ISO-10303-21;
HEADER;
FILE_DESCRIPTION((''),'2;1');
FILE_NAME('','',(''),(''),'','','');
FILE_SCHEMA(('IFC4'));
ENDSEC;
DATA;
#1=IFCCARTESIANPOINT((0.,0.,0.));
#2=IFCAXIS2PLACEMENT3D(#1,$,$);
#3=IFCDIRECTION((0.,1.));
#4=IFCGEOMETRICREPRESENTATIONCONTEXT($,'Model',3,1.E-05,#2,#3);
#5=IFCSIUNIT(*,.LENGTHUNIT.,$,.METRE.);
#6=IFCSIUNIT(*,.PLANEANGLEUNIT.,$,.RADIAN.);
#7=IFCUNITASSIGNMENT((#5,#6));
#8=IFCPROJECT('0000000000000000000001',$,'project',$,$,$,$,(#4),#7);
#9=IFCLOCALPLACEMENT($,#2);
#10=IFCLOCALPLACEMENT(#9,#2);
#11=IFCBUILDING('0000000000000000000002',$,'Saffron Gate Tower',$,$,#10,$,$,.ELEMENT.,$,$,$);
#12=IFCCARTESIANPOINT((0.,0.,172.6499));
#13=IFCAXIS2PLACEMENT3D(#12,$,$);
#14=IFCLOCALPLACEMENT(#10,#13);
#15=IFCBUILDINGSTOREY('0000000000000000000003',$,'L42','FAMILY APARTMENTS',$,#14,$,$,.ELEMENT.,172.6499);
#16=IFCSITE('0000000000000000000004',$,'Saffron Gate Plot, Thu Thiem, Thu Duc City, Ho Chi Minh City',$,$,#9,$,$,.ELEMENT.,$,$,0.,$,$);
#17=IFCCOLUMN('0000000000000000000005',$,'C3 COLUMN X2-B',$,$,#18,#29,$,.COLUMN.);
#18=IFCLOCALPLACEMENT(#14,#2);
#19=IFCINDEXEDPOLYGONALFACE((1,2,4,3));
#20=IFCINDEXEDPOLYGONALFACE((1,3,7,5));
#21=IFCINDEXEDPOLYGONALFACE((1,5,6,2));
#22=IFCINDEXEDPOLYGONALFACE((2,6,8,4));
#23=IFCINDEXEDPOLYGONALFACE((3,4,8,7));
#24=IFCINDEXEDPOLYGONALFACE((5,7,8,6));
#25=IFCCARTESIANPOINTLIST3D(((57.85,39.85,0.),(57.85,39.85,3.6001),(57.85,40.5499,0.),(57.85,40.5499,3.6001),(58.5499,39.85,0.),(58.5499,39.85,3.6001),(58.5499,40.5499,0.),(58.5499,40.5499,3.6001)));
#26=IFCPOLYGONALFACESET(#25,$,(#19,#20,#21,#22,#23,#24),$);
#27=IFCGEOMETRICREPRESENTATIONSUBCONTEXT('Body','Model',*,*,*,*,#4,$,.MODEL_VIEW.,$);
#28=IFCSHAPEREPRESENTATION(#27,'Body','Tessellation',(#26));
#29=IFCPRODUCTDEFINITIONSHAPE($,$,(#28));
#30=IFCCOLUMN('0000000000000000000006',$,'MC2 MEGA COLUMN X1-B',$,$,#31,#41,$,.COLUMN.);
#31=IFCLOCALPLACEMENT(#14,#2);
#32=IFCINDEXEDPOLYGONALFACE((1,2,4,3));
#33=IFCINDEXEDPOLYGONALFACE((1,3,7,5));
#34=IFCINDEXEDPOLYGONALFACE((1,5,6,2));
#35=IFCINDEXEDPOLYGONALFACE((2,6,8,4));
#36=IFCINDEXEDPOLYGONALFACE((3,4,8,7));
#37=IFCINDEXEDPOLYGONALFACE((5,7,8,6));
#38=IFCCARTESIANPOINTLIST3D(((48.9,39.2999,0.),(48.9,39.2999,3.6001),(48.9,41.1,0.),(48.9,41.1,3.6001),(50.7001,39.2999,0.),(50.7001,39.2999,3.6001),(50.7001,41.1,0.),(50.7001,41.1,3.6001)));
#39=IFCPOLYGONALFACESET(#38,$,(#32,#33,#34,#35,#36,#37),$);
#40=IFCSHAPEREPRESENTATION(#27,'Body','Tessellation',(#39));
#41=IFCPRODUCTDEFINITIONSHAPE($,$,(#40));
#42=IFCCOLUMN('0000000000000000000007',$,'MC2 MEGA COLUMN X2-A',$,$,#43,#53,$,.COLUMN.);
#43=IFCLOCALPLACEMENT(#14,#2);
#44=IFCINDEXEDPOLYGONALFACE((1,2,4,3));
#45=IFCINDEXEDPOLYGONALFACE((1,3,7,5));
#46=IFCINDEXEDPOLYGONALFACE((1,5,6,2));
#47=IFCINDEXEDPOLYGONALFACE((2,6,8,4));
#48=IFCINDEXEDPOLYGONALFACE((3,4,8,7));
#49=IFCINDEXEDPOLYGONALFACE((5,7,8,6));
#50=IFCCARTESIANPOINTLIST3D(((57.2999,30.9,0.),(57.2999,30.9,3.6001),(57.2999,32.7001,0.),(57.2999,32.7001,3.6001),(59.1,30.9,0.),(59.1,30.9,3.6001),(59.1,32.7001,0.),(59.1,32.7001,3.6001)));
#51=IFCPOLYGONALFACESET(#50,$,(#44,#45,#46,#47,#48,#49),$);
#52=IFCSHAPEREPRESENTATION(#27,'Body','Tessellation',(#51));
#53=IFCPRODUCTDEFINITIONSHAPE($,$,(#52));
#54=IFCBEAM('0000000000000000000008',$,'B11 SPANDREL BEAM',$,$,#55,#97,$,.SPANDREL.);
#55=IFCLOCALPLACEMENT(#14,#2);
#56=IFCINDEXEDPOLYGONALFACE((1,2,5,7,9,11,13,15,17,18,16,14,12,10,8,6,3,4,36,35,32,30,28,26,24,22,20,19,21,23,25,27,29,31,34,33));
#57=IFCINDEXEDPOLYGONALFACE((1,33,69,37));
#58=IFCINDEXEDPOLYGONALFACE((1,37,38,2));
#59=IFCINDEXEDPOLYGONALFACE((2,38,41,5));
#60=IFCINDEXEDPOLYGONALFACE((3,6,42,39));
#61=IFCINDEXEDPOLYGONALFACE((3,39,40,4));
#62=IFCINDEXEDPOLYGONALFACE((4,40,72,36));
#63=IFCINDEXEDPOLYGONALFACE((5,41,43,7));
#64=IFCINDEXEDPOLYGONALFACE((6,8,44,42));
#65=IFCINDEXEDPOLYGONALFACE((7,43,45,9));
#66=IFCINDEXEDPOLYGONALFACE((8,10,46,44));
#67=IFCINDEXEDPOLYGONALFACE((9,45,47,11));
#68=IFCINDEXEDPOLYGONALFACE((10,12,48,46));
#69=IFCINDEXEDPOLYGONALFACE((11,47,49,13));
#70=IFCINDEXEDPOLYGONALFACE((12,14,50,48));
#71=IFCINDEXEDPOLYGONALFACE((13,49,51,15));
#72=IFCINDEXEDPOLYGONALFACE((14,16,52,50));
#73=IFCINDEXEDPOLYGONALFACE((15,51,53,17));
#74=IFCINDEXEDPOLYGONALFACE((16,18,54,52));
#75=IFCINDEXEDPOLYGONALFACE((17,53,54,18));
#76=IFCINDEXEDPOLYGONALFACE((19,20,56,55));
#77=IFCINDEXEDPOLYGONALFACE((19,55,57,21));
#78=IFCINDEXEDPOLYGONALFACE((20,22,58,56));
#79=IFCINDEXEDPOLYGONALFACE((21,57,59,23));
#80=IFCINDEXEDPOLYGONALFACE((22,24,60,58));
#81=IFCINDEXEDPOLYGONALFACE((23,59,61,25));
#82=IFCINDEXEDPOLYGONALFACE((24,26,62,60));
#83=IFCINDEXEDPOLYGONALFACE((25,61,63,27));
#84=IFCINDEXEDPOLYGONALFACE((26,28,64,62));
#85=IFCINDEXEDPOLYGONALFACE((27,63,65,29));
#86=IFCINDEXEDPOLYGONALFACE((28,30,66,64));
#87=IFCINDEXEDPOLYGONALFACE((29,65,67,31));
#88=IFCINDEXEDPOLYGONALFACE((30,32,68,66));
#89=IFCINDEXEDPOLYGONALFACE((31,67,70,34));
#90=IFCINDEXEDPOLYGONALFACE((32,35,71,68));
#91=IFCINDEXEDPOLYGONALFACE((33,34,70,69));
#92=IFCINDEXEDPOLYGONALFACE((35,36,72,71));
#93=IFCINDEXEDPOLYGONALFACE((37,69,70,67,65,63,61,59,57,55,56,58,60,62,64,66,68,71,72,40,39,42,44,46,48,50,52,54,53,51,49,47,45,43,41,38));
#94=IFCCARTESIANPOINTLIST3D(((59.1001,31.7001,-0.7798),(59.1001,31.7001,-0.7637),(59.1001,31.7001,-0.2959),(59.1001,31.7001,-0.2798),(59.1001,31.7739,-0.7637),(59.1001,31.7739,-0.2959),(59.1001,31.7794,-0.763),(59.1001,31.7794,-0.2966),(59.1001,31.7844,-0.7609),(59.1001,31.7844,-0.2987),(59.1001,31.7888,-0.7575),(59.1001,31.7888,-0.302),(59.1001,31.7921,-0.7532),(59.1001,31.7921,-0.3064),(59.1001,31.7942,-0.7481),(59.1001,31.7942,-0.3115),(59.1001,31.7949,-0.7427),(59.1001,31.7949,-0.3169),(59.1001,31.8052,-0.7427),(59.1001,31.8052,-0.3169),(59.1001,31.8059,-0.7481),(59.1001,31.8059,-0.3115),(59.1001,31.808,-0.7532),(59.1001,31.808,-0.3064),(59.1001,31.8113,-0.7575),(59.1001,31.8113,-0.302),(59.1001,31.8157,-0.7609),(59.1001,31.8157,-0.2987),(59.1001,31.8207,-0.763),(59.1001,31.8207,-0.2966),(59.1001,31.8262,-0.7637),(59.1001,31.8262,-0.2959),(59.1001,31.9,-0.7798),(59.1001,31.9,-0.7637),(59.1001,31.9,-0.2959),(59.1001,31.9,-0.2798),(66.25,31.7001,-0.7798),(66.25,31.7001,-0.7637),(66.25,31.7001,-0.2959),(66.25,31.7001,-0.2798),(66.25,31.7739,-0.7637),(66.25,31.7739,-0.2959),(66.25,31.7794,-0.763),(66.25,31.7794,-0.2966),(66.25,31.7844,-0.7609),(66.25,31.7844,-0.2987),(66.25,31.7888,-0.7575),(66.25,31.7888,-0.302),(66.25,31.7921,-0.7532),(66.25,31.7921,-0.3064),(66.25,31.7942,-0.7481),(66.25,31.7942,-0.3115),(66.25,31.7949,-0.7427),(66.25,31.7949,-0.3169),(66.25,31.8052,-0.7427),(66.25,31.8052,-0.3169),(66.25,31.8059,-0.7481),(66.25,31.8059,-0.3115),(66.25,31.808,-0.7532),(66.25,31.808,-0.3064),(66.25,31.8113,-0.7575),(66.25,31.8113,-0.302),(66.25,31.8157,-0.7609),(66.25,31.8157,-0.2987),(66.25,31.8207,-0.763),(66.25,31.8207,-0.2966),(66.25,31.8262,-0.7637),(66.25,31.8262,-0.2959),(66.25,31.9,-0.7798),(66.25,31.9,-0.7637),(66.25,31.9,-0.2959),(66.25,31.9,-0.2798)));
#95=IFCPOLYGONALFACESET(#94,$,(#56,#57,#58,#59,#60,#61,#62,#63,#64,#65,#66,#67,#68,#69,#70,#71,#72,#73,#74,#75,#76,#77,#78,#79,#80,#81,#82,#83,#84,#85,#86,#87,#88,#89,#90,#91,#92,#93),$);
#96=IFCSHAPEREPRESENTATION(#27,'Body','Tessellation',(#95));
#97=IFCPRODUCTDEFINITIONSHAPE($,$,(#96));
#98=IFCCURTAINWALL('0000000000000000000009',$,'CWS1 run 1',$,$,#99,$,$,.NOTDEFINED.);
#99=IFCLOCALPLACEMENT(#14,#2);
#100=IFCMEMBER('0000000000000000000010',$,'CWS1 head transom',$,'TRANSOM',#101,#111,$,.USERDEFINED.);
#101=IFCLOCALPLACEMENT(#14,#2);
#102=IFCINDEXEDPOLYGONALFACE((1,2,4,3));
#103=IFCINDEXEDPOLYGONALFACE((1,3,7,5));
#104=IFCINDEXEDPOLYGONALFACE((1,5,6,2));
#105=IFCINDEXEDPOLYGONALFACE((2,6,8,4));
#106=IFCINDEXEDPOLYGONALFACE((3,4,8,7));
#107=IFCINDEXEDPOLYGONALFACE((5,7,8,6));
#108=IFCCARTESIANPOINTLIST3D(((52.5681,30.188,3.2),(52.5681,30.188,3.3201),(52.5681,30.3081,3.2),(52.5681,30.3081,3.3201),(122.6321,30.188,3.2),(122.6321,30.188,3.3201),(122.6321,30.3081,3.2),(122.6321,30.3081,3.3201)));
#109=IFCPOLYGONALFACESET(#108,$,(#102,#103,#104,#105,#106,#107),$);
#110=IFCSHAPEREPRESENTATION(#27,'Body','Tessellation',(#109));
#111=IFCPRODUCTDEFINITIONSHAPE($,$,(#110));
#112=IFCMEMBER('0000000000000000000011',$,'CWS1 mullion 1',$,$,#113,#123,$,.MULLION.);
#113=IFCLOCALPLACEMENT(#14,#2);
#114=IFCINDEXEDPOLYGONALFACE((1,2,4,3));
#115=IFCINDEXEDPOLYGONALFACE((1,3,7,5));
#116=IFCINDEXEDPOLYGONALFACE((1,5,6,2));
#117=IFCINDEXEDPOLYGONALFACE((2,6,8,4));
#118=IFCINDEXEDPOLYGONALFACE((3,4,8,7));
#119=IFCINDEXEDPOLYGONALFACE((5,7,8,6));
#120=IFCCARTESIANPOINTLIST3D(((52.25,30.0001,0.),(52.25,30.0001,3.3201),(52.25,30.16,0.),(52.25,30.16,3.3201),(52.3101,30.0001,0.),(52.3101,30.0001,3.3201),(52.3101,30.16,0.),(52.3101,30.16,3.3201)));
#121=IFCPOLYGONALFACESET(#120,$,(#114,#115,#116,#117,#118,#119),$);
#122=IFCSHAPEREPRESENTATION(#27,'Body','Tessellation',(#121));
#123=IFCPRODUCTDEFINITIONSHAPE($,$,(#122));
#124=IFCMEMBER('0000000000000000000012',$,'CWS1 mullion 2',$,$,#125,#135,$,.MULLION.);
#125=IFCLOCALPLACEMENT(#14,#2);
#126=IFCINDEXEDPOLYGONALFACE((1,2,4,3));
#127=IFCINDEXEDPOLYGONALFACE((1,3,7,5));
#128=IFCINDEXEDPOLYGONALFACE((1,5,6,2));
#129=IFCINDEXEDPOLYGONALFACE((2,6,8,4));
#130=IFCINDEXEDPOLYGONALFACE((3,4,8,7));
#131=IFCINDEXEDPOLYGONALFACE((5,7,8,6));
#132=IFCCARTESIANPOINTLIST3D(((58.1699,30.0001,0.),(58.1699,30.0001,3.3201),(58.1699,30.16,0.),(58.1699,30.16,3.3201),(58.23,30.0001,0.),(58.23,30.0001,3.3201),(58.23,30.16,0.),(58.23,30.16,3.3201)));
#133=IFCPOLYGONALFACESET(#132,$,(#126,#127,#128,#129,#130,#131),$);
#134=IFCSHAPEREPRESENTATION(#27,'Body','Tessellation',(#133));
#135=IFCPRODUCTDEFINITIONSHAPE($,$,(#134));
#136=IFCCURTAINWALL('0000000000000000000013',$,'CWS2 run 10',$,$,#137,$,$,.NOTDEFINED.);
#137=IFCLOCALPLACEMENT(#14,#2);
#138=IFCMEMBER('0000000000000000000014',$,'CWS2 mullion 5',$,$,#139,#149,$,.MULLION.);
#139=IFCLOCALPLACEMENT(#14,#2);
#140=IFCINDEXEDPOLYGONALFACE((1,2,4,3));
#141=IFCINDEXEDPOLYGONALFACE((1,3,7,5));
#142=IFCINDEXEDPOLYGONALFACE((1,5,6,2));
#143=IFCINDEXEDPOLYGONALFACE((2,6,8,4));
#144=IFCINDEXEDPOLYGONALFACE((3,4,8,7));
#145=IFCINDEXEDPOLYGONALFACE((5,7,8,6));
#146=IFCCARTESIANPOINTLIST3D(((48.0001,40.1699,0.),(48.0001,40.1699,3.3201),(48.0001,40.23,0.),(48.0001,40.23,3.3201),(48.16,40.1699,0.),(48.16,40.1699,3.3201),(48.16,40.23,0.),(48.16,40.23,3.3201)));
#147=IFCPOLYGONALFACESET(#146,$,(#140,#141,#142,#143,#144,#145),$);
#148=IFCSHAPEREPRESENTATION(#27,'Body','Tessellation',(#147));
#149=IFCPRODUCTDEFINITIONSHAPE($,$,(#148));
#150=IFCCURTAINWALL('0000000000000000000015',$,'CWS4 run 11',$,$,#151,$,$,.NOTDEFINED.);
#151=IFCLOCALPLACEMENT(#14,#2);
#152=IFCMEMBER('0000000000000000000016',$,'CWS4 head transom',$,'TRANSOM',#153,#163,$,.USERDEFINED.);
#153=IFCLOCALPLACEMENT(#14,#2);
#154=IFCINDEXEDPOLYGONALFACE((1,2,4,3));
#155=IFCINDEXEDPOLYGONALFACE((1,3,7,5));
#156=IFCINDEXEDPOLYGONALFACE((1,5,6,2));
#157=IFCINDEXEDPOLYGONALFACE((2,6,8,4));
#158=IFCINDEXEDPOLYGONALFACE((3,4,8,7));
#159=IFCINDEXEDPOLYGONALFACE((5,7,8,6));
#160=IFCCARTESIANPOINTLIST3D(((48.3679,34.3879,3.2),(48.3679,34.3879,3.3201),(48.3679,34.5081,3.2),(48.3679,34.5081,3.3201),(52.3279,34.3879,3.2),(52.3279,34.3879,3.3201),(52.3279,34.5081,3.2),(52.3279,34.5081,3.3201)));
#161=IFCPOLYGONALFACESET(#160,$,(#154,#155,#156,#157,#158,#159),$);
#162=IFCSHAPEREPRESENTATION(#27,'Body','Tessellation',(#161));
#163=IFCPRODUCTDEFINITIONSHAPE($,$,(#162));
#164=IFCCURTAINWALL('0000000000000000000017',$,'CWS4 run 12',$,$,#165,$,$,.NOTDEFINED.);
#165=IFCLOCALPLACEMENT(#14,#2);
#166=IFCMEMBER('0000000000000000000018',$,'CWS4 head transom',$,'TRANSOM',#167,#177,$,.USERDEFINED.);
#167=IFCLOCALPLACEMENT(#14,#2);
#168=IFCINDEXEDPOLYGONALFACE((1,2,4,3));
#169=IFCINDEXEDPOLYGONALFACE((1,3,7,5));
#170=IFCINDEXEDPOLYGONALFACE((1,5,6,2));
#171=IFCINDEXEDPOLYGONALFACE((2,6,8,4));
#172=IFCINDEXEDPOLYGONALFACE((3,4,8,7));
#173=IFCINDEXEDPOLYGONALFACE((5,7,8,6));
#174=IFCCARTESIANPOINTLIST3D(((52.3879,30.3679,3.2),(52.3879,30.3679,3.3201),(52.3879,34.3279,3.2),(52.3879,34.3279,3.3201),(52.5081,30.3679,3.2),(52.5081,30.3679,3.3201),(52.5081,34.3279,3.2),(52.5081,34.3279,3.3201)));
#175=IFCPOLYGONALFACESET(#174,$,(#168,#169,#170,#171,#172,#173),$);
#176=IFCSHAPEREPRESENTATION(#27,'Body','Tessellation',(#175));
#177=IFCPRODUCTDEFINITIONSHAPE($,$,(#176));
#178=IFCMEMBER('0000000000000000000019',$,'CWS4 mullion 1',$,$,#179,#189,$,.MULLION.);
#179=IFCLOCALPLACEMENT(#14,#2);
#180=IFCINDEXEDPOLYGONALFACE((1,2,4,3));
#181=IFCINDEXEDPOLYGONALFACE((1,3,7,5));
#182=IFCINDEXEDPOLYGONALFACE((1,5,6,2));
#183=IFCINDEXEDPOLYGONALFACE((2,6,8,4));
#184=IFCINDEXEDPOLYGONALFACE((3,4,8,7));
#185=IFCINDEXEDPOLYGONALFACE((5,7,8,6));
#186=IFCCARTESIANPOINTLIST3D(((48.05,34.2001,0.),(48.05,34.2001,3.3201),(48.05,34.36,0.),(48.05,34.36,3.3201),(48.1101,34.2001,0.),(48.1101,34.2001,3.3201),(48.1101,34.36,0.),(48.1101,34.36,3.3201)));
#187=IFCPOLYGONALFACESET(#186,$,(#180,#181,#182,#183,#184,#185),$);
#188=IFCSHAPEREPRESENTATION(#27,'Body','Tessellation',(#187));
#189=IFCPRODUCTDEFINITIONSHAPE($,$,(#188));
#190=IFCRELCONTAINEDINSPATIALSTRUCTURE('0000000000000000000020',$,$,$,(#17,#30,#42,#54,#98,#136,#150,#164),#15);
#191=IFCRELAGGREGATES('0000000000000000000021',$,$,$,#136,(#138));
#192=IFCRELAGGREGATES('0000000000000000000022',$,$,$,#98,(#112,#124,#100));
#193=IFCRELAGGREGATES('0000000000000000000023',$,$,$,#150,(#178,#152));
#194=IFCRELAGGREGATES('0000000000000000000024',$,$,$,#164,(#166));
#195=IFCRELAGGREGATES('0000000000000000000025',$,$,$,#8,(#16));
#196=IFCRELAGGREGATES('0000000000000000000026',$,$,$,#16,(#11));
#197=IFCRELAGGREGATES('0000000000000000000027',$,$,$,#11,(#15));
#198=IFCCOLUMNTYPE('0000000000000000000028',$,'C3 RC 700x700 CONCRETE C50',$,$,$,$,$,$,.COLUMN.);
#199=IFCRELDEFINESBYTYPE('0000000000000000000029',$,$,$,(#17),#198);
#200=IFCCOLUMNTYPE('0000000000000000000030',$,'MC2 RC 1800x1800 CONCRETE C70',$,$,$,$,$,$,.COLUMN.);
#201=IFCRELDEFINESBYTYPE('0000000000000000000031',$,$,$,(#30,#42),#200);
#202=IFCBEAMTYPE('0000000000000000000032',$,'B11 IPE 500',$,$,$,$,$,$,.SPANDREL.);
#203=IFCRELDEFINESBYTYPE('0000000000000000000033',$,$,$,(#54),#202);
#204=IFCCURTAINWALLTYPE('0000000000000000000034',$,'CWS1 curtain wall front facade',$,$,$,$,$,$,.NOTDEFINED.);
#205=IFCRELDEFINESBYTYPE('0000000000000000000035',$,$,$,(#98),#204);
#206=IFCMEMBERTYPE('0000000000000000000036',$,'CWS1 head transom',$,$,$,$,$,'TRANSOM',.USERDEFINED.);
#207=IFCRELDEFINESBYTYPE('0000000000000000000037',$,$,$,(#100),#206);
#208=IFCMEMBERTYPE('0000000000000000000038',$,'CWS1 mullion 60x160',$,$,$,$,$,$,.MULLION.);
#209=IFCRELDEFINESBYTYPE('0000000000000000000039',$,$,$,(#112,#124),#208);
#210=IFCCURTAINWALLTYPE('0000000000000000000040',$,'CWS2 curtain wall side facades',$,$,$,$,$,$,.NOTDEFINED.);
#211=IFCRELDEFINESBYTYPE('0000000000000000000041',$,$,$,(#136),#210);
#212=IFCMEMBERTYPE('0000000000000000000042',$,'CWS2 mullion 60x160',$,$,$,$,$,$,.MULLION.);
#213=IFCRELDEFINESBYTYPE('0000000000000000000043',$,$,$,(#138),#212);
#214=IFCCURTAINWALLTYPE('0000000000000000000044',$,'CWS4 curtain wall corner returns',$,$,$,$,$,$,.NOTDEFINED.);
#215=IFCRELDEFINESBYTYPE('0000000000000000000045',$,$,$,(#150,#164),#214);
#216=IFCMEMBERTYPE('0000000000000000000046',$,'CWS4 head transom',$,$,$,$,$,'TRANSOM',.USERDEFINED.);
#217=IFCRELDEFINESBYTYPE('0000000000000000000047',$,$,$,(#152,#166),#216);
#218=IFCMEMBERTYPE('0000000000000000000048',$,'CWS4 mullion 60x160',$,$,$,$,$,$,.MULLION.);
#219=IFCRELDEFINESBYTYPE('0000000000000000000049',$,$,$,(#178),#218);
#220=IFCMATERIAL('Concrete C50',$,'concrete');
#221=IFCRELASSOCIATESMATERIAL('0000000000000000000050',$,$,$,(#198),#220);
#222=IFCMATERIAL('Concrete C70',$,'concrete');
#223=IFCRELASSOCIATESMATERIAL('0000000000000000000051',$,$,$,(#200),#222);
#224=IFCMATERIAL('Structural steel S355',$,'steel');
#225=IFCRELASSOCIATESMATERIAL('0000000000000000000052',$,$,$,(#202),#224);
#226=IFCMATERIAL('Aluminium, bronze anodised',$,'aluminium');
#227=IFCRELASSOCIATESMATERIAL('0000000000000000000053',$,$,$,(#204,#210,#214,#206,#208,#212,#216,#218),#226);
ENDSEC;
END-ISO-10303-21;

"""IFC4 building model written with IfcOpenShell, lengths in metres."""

from ifc_helpers import new_model, si_unit, direction, frame, origin, origin_2d, place, context, subcontext, project, spatial, rectangle, i_section, extrude, material, material_profile, profile_set, type_object, element, aggregate, save


model = new_model("IFC4")

# Units and contexts
model_context = context("Model", 3, precision=1e-05, world=origin(), true_north=direction((0.0, 1.0)))
body_context = subcontext(model_context, "Body", "Model", "MODEL_VIEW")
ifc_project = project(units=[si_unit("LENGTHUNIT", "METRE"), si_unit("PLANEANGLEUNIT", "RADIAN")], contexts=[model_context])

# Site, building, storey
site_placement = place(None, origin())
site = spatial("IfcSite", under=ifc_project, at=site_placement, Name="Saffron Gate Plot, Thu Thiem, Thu Duc City, Ho Chi Minh City", CompositionType="ELEMENT", RefElevation=0.0)
building_placement = place(site_placement, origin())
building = spatial("IfcBuilding", under=site, at=building_placement, Name="Saffron Gate Tower", CompositionType="ELEMENT")
storey_placement = place(building_placement, frame((0.0, 0.0, 172.6499)))
storey = spatial("IfcBuildingStorey", under=building, at=storey_placement, Name="L42", Description="FAMILY APARTMENTS", CompositionType="ELEMENT", Elevation=172.6499)

# Columns
ifc_material_1 = material(Name="Concrete C50", Category="concrete")
ifc_material_profile_1 = material_profile(ifc_material_1, rectangle(XDim=0.7, YDim=0.7, at=origin_2d()))
ifc_profile_set_1 = profile_set([ifc_material_profile_1], Name="Concrete C50")
column_type_1 = type_object("IfcColumnType", Name="C3 RC 700x700 CONCRETE C50", PredefinedType="COLUMN", material=ifc_profile_set_1)
column_placement = place(storey_placement, frame((58.2, 40.2, 0.0), z_axis=(0.0, 0.0, 1.0), x_axis=(1.0, 0.0, 0.0)))
element("IfcColumn", 1, at=column_placement, inside=storey, type_object=column_type_1, Name="C3 COLUMN X2-B", PredefinedType="COLUMN", context=body_context, shape_type="SweptSolid", body=[
    extrude(rectangle(XDim=0.7, YDim=0.7, at=origin_2d()), origin(), (0.0, 0.0, 1.0), 3.6001),
])
ifc_material_2 = material(Name="Concrete C70", Category="concrete")
ifc_material_profile_2 = material_profile(ifc_material_2, rectangle(XDim=1.8, YDim=1.8, at=origin_2d()))
ifc_profile_set_2 = profile_set([ifc_material_profile_2], Name="Concrete C70")
column_type_2 = type_object("IfcColumnType", Name="MC2 RC 1800x1800 CONCRETE C70", PredefinedType="COLUMN", material=ifc_profile_set_2)
for number, where, z_axis, x_axis, name in (
    (2, (49.8, 40.2, 0.0), (0.0, 0.0, 1.0), (1.0, 0.0, 0.0), "MC2 MEGA COLUMN X1-B"),
    (3, (58.2, 31.8, 0.0), (0.0, 0.0, 1.0), (1.0, 0.0, 0.0), "MC2 MEGA COLUMN X2-A"),
):
    element("IfcColumn", number, at=place(storey_placement, frame(where, z_axis=z_axis, x_axis=x_axis)), inside=storey, type_object=column_type_2, Name=name, PredefinedType="COLUMN", context=body_context, shape_type="SweptSolid", body=[
        extrude(rectangle(XDim=1.8, YDim=1.8, at=origin_2d()), origin(), (0.0, 0.0, 1.0), 3.6001),
    ])

# Beam
ifc_material_3 = material(Name="Structural steel S355", Category="steel")
ifc_material_profile_3 = material_profile(ifc_material_3, i_section(OverallWidth=0.2, OverallDepth=0.5, WebThickness=0.0103, FlangeThickness=0.0161, FilletRadius=0.021, at=origin_2d()))
ifc_profile_set_3 = profile_set([ifc_material_profile_3], Name="Structural steel S355")
beam_type = type_object("IfcBeamType", Name="B11 IPE 500", PredefinedType="SPANDREL", material=ifc_profile_set_3)
beam_placement = place(storey_placement, frame((59.1001, 31.8, -0.5298), z_axis=(1.0, 0.0, 0.0), x_axis=(0.0, 1.0, 0.0)))
element("IfcBeam", 4, at=beam_placement, inside=storey, type_object=beam_type, Name="B11 SPANDREL BEAM", PredefinedType="SPANDREL", context=body_context, shape_type="SweptSolid", body=[
    extrude(i_section(OverallWidth=0.2, OverallDepth=0.5, WebThickness=0.0103, FlangeThickness=0.0161, FilletRadius=0.021, at=origin_2d()), origin(), (0.0, 0.0, 1.0), 7.1499),
])

# Curtain wall, members
ifc_material_4 = material(Name="Aluminium, bronze anodised", Category="aluminium")
curtain_wall_type_1 = type_object("IfcCurtainWallType", Name="CWS1 curtain wall front facade", PredefinedType="NOTDEFINED", material=ifc_material_4)
curtain_wall_1_placement = place(storey_placement, origin())
curtain_wall_1 = element("IfcCurtainWall", 5, at=curtain_wall_1_placement, inside=storey, type_object=curtain_wall_type_1, Name="CWS1 run 1", PredefinedType="NOTDEFINED")
ifc_material_profile_4 = material_profile(ifc_material_4, rectangle(XDim=0.1201, YDim=0.1201, at=origin_2d()))
ifc_profile_set_4 = profile_set([ifc_material_profile_4], Name="Aluminium, bronze anodised")
member_type_1 = type_object("IfcMemberType", Name="CWS1 head transom", ElementType="TRANSOM", PredefinedType="USERDEFINED", material=ifc_profile_set_4)
member_1_placement = place(storey_placement, frame((52.5681, 30.248, 3.26), z_axis=(1.0, 0.0, 0.0), x_axis=(0.0, 1.0, 0.0)))
member_1 = element("IfcMember", 6, at=member_1_placement, type_object=member_type_1, Name="CWS1 head transom", ObjectType="TRANSOM", PredefinedType="USERDEFINED", context=body_context, shape_type="SweptSolid", body=[
    extrude(rectangle(XDim=0.1201, YDim=0.1201, at=origin_2d()), origin(), (0.0, 0.0, 1.0), 70.064),
])
ifc_material_profile_5 = material_profile(ifc_material_4, rectangle(XDim=0.1599, YDim=0.0601, at=origin_2d()))
ifc_profile_set_5 = profile_set([ifc_material_profile_5], Name="Aluminium, bronze anodised")
member_type_2 = type_object("IfcMemberType", Name="CWS1 mullion 60x160", PredefinedType="MULLION", material=ifc_profile_set_5)
member_2_placement = place(storey_placement, frame((52.28, 30.0801, 0.0), z_axis=(0.0, 0.0, 1.0), x_axis=(0.0, 1.0, 0.0)))
member_2 = element("IfcMember", 7, at=member_2_placement, type_object=member_type_2, Name="CWS1 mullion 1", PredefinedType="MULLION", context=body_context, shape_type="SweptSolid", body=[
    extrude(rectangle(XDim=0.1599, YDim=0.0601, at=origin_2d()), origin(), (0.0, 0.0, 1.0), 3.3201),
])
member_3_placement = place(storey_placement, frame((58.2, 30.0801, 0.0), z_axis=(0.0, 0.0, 1.0), x_axis=(0.0, 1.0, 0.0)))
member_3 = element("IfcMember", 8, at=member_3_placement, type_object=member_type_2, Name="CWS1 mullion 2", PredefinedType="MULLION", context=body_context, shape_type="SweptSolid", body=[
    extrude(rectangle(XDim=0.1599, YDim=0.0601, at=origin_2d()), origin(), (0.0, 0.0, 1.0), 3.3201),
])

# Curtain walls, members
curtain_wall_type_2 = type_object("IfcCurtainWallType", Name="CWS2 curtain wall side facades", PredefinedType="NOTDEFINED", material=ifc_material_4)
curtain_wall_2_placement = place(storey_placement, origin())
curtain_wall_2 = element("IfcCurtainWall", 9, at=curtain_wall_2_placement, inside=storey, type_object=curtain_wall_type_2, Name="CWS2 run 10", PredefinedType="NOTDEFINED")
ifc_material_profile_6 = material_profile(ifc_material_4, rectangle(XDim=0.1599, YDim=0.0601, at=origin_2d()))
ifc_profile_set_6 = profile_set([ifc_material_profile_6], Name="Aluminium, bronze anodised")
member_type_3 = type_object("IfcMemberType", Name="CWS2 mullion 60x160", PredefinedType="MULLION", material=ifc_profile_set_6)
member_4_placement = place(storey_placement, frame((48.0801, 40.2, 0.0), z_axis=(0.0, 0.0, 1.0), x_axis=(1.0, 0.0, 0.0)))
member_4 = element("IfcMember", 10, at=member_4_placement, type_object=member_type_3, Name="CWS2 mullion 5", PredefinedType="MULLION", context=body_context, shape_type="SweptSolid", body=[
    extrude(rectangle(XDim=0.1599, YDim=0.0601, at=origin_2d()), origin(), (0.0, 0.0, 1.0), 3.3201),
])
aggregate(curtain_wall_2, [member_4])
curtain_wall_type_3 = type_object("IfcCurtainWallType", Name="CWS4 curtain wall corner returns", PredefinedType="NOTDEFINED", material=ifc_material_4)
curtain_wall_3_placement = place(storey_placement, origin())
curtain_wall_3 = element("IfcCurtainWall", 11, at=curtain_wall_3_placement, inside=storey, type_object=curtain_wall_type_3, Name="CWS4 run 11", PredefinedType="NOTDEFINED")
ifc_material_profile_7 = material_profile(ifc_material_4, rectangle(XDim=0.1201, YDim=0.1201, at=origin_2d()))
ifc_profile_set_7 = profile_set([ifc_material_profile_7], Name="Aluminium, bronze anodised")
member_type_4 = type_object("IfcMemberType", Name="CWS4 head transom", ElementType="TRANSOM", PredefinedType="USERDEFINED", material=ifc_profile_set_7)
member_5_placement = place(storey_placement, frame((48.3679, 34.448, 3.26), z_axis=(1.0, 0.0, 0.0), x_axis=(0.0, 1.0, 0.0)))
member_5 = element("IfcMember", 12, at=member_5_placement, type_object=member_type_4, Name="CWS4 head transom", ObjectType="TRANSOM", PredefinedType="USERDEFINED", context=body_context, shape_type="SweptSolid", body=[
    extrude(rectangle(XDim=0.1201, YDim=0.1201, at=origin_2d()), origin(), (0.0, 0.0, 1.0), 3.96),
])
curtain_wall_4_placement = place(storey_placement, origin())
curtain_wall_4 = element("IfcCurtainWall", 13, at=curtain_wall_4_placement, inside=storey, type_object=curtain_wall_type_3, Name="CWS4 run 12", PredefinedType="NOTDEFINED")
member_6_placement = place(storey_placement, frame((52.448, 34.3279, 3.26), z_axis=(0.0, -1.0, 0.0), x_axis=(1.0, 0.0, 0.0)))
member_6 = element("IfcMember", 14, at=member_6_placement, type_object=member_type_4, Name="CWS4 head transom", ObjectType="TRANSOM", PredefinedType="USERDEFINED", context=body_context, shape_type="SweptSolid", body=[
    extrude(rectangle(XDim=0.1201, YDim=0.1201, at=origin_2d()), origin(), (0.0, 0.0, 1.0), 3.96),
])

# Member
ifc_material_profile_8 = material_profile(ifc_material_4, rectangle(XDim=0.1599, YDim=0.0601, at=origin_2d()))
ifc_profile_set_8 = profile_set([ifc_material_profile_8], Name="Aluminium, bronze anodised")
member_type_5 = type_object("IfcMemberType", Name="CWS4 mullion 60x160", PredefinedType="MULLION", material=ifc_profile_set_8)
member_7_placement = place(storey_placement, frame((48.0801, 34.28, 0.0), z_axis=(0.0, 0.0, 1.0), x_axis=(0.0, 1.0, 0.0)))
member_7 = element("IfcMember", 15, at=member_7_placement, type_object=member_type_5, Name="CWS4 mullion 1", PredefinedType="MULLION", context=body_context, shape_type="SweptSolid", body=[
    extrude(rectangle(XDim=0.1599, YDim=0.0601, at=origin_2d()), origin(), (0.0, 0.0, 1.0), 3.3201),
])

aggregate(curtain_wall_1, [member_2, member_3, member_1])

aggregate(curtain_wall_3, [member_7, member_5])
aggregate(curtain_wall_4, [member_6])

save(model, "model.ifc")
